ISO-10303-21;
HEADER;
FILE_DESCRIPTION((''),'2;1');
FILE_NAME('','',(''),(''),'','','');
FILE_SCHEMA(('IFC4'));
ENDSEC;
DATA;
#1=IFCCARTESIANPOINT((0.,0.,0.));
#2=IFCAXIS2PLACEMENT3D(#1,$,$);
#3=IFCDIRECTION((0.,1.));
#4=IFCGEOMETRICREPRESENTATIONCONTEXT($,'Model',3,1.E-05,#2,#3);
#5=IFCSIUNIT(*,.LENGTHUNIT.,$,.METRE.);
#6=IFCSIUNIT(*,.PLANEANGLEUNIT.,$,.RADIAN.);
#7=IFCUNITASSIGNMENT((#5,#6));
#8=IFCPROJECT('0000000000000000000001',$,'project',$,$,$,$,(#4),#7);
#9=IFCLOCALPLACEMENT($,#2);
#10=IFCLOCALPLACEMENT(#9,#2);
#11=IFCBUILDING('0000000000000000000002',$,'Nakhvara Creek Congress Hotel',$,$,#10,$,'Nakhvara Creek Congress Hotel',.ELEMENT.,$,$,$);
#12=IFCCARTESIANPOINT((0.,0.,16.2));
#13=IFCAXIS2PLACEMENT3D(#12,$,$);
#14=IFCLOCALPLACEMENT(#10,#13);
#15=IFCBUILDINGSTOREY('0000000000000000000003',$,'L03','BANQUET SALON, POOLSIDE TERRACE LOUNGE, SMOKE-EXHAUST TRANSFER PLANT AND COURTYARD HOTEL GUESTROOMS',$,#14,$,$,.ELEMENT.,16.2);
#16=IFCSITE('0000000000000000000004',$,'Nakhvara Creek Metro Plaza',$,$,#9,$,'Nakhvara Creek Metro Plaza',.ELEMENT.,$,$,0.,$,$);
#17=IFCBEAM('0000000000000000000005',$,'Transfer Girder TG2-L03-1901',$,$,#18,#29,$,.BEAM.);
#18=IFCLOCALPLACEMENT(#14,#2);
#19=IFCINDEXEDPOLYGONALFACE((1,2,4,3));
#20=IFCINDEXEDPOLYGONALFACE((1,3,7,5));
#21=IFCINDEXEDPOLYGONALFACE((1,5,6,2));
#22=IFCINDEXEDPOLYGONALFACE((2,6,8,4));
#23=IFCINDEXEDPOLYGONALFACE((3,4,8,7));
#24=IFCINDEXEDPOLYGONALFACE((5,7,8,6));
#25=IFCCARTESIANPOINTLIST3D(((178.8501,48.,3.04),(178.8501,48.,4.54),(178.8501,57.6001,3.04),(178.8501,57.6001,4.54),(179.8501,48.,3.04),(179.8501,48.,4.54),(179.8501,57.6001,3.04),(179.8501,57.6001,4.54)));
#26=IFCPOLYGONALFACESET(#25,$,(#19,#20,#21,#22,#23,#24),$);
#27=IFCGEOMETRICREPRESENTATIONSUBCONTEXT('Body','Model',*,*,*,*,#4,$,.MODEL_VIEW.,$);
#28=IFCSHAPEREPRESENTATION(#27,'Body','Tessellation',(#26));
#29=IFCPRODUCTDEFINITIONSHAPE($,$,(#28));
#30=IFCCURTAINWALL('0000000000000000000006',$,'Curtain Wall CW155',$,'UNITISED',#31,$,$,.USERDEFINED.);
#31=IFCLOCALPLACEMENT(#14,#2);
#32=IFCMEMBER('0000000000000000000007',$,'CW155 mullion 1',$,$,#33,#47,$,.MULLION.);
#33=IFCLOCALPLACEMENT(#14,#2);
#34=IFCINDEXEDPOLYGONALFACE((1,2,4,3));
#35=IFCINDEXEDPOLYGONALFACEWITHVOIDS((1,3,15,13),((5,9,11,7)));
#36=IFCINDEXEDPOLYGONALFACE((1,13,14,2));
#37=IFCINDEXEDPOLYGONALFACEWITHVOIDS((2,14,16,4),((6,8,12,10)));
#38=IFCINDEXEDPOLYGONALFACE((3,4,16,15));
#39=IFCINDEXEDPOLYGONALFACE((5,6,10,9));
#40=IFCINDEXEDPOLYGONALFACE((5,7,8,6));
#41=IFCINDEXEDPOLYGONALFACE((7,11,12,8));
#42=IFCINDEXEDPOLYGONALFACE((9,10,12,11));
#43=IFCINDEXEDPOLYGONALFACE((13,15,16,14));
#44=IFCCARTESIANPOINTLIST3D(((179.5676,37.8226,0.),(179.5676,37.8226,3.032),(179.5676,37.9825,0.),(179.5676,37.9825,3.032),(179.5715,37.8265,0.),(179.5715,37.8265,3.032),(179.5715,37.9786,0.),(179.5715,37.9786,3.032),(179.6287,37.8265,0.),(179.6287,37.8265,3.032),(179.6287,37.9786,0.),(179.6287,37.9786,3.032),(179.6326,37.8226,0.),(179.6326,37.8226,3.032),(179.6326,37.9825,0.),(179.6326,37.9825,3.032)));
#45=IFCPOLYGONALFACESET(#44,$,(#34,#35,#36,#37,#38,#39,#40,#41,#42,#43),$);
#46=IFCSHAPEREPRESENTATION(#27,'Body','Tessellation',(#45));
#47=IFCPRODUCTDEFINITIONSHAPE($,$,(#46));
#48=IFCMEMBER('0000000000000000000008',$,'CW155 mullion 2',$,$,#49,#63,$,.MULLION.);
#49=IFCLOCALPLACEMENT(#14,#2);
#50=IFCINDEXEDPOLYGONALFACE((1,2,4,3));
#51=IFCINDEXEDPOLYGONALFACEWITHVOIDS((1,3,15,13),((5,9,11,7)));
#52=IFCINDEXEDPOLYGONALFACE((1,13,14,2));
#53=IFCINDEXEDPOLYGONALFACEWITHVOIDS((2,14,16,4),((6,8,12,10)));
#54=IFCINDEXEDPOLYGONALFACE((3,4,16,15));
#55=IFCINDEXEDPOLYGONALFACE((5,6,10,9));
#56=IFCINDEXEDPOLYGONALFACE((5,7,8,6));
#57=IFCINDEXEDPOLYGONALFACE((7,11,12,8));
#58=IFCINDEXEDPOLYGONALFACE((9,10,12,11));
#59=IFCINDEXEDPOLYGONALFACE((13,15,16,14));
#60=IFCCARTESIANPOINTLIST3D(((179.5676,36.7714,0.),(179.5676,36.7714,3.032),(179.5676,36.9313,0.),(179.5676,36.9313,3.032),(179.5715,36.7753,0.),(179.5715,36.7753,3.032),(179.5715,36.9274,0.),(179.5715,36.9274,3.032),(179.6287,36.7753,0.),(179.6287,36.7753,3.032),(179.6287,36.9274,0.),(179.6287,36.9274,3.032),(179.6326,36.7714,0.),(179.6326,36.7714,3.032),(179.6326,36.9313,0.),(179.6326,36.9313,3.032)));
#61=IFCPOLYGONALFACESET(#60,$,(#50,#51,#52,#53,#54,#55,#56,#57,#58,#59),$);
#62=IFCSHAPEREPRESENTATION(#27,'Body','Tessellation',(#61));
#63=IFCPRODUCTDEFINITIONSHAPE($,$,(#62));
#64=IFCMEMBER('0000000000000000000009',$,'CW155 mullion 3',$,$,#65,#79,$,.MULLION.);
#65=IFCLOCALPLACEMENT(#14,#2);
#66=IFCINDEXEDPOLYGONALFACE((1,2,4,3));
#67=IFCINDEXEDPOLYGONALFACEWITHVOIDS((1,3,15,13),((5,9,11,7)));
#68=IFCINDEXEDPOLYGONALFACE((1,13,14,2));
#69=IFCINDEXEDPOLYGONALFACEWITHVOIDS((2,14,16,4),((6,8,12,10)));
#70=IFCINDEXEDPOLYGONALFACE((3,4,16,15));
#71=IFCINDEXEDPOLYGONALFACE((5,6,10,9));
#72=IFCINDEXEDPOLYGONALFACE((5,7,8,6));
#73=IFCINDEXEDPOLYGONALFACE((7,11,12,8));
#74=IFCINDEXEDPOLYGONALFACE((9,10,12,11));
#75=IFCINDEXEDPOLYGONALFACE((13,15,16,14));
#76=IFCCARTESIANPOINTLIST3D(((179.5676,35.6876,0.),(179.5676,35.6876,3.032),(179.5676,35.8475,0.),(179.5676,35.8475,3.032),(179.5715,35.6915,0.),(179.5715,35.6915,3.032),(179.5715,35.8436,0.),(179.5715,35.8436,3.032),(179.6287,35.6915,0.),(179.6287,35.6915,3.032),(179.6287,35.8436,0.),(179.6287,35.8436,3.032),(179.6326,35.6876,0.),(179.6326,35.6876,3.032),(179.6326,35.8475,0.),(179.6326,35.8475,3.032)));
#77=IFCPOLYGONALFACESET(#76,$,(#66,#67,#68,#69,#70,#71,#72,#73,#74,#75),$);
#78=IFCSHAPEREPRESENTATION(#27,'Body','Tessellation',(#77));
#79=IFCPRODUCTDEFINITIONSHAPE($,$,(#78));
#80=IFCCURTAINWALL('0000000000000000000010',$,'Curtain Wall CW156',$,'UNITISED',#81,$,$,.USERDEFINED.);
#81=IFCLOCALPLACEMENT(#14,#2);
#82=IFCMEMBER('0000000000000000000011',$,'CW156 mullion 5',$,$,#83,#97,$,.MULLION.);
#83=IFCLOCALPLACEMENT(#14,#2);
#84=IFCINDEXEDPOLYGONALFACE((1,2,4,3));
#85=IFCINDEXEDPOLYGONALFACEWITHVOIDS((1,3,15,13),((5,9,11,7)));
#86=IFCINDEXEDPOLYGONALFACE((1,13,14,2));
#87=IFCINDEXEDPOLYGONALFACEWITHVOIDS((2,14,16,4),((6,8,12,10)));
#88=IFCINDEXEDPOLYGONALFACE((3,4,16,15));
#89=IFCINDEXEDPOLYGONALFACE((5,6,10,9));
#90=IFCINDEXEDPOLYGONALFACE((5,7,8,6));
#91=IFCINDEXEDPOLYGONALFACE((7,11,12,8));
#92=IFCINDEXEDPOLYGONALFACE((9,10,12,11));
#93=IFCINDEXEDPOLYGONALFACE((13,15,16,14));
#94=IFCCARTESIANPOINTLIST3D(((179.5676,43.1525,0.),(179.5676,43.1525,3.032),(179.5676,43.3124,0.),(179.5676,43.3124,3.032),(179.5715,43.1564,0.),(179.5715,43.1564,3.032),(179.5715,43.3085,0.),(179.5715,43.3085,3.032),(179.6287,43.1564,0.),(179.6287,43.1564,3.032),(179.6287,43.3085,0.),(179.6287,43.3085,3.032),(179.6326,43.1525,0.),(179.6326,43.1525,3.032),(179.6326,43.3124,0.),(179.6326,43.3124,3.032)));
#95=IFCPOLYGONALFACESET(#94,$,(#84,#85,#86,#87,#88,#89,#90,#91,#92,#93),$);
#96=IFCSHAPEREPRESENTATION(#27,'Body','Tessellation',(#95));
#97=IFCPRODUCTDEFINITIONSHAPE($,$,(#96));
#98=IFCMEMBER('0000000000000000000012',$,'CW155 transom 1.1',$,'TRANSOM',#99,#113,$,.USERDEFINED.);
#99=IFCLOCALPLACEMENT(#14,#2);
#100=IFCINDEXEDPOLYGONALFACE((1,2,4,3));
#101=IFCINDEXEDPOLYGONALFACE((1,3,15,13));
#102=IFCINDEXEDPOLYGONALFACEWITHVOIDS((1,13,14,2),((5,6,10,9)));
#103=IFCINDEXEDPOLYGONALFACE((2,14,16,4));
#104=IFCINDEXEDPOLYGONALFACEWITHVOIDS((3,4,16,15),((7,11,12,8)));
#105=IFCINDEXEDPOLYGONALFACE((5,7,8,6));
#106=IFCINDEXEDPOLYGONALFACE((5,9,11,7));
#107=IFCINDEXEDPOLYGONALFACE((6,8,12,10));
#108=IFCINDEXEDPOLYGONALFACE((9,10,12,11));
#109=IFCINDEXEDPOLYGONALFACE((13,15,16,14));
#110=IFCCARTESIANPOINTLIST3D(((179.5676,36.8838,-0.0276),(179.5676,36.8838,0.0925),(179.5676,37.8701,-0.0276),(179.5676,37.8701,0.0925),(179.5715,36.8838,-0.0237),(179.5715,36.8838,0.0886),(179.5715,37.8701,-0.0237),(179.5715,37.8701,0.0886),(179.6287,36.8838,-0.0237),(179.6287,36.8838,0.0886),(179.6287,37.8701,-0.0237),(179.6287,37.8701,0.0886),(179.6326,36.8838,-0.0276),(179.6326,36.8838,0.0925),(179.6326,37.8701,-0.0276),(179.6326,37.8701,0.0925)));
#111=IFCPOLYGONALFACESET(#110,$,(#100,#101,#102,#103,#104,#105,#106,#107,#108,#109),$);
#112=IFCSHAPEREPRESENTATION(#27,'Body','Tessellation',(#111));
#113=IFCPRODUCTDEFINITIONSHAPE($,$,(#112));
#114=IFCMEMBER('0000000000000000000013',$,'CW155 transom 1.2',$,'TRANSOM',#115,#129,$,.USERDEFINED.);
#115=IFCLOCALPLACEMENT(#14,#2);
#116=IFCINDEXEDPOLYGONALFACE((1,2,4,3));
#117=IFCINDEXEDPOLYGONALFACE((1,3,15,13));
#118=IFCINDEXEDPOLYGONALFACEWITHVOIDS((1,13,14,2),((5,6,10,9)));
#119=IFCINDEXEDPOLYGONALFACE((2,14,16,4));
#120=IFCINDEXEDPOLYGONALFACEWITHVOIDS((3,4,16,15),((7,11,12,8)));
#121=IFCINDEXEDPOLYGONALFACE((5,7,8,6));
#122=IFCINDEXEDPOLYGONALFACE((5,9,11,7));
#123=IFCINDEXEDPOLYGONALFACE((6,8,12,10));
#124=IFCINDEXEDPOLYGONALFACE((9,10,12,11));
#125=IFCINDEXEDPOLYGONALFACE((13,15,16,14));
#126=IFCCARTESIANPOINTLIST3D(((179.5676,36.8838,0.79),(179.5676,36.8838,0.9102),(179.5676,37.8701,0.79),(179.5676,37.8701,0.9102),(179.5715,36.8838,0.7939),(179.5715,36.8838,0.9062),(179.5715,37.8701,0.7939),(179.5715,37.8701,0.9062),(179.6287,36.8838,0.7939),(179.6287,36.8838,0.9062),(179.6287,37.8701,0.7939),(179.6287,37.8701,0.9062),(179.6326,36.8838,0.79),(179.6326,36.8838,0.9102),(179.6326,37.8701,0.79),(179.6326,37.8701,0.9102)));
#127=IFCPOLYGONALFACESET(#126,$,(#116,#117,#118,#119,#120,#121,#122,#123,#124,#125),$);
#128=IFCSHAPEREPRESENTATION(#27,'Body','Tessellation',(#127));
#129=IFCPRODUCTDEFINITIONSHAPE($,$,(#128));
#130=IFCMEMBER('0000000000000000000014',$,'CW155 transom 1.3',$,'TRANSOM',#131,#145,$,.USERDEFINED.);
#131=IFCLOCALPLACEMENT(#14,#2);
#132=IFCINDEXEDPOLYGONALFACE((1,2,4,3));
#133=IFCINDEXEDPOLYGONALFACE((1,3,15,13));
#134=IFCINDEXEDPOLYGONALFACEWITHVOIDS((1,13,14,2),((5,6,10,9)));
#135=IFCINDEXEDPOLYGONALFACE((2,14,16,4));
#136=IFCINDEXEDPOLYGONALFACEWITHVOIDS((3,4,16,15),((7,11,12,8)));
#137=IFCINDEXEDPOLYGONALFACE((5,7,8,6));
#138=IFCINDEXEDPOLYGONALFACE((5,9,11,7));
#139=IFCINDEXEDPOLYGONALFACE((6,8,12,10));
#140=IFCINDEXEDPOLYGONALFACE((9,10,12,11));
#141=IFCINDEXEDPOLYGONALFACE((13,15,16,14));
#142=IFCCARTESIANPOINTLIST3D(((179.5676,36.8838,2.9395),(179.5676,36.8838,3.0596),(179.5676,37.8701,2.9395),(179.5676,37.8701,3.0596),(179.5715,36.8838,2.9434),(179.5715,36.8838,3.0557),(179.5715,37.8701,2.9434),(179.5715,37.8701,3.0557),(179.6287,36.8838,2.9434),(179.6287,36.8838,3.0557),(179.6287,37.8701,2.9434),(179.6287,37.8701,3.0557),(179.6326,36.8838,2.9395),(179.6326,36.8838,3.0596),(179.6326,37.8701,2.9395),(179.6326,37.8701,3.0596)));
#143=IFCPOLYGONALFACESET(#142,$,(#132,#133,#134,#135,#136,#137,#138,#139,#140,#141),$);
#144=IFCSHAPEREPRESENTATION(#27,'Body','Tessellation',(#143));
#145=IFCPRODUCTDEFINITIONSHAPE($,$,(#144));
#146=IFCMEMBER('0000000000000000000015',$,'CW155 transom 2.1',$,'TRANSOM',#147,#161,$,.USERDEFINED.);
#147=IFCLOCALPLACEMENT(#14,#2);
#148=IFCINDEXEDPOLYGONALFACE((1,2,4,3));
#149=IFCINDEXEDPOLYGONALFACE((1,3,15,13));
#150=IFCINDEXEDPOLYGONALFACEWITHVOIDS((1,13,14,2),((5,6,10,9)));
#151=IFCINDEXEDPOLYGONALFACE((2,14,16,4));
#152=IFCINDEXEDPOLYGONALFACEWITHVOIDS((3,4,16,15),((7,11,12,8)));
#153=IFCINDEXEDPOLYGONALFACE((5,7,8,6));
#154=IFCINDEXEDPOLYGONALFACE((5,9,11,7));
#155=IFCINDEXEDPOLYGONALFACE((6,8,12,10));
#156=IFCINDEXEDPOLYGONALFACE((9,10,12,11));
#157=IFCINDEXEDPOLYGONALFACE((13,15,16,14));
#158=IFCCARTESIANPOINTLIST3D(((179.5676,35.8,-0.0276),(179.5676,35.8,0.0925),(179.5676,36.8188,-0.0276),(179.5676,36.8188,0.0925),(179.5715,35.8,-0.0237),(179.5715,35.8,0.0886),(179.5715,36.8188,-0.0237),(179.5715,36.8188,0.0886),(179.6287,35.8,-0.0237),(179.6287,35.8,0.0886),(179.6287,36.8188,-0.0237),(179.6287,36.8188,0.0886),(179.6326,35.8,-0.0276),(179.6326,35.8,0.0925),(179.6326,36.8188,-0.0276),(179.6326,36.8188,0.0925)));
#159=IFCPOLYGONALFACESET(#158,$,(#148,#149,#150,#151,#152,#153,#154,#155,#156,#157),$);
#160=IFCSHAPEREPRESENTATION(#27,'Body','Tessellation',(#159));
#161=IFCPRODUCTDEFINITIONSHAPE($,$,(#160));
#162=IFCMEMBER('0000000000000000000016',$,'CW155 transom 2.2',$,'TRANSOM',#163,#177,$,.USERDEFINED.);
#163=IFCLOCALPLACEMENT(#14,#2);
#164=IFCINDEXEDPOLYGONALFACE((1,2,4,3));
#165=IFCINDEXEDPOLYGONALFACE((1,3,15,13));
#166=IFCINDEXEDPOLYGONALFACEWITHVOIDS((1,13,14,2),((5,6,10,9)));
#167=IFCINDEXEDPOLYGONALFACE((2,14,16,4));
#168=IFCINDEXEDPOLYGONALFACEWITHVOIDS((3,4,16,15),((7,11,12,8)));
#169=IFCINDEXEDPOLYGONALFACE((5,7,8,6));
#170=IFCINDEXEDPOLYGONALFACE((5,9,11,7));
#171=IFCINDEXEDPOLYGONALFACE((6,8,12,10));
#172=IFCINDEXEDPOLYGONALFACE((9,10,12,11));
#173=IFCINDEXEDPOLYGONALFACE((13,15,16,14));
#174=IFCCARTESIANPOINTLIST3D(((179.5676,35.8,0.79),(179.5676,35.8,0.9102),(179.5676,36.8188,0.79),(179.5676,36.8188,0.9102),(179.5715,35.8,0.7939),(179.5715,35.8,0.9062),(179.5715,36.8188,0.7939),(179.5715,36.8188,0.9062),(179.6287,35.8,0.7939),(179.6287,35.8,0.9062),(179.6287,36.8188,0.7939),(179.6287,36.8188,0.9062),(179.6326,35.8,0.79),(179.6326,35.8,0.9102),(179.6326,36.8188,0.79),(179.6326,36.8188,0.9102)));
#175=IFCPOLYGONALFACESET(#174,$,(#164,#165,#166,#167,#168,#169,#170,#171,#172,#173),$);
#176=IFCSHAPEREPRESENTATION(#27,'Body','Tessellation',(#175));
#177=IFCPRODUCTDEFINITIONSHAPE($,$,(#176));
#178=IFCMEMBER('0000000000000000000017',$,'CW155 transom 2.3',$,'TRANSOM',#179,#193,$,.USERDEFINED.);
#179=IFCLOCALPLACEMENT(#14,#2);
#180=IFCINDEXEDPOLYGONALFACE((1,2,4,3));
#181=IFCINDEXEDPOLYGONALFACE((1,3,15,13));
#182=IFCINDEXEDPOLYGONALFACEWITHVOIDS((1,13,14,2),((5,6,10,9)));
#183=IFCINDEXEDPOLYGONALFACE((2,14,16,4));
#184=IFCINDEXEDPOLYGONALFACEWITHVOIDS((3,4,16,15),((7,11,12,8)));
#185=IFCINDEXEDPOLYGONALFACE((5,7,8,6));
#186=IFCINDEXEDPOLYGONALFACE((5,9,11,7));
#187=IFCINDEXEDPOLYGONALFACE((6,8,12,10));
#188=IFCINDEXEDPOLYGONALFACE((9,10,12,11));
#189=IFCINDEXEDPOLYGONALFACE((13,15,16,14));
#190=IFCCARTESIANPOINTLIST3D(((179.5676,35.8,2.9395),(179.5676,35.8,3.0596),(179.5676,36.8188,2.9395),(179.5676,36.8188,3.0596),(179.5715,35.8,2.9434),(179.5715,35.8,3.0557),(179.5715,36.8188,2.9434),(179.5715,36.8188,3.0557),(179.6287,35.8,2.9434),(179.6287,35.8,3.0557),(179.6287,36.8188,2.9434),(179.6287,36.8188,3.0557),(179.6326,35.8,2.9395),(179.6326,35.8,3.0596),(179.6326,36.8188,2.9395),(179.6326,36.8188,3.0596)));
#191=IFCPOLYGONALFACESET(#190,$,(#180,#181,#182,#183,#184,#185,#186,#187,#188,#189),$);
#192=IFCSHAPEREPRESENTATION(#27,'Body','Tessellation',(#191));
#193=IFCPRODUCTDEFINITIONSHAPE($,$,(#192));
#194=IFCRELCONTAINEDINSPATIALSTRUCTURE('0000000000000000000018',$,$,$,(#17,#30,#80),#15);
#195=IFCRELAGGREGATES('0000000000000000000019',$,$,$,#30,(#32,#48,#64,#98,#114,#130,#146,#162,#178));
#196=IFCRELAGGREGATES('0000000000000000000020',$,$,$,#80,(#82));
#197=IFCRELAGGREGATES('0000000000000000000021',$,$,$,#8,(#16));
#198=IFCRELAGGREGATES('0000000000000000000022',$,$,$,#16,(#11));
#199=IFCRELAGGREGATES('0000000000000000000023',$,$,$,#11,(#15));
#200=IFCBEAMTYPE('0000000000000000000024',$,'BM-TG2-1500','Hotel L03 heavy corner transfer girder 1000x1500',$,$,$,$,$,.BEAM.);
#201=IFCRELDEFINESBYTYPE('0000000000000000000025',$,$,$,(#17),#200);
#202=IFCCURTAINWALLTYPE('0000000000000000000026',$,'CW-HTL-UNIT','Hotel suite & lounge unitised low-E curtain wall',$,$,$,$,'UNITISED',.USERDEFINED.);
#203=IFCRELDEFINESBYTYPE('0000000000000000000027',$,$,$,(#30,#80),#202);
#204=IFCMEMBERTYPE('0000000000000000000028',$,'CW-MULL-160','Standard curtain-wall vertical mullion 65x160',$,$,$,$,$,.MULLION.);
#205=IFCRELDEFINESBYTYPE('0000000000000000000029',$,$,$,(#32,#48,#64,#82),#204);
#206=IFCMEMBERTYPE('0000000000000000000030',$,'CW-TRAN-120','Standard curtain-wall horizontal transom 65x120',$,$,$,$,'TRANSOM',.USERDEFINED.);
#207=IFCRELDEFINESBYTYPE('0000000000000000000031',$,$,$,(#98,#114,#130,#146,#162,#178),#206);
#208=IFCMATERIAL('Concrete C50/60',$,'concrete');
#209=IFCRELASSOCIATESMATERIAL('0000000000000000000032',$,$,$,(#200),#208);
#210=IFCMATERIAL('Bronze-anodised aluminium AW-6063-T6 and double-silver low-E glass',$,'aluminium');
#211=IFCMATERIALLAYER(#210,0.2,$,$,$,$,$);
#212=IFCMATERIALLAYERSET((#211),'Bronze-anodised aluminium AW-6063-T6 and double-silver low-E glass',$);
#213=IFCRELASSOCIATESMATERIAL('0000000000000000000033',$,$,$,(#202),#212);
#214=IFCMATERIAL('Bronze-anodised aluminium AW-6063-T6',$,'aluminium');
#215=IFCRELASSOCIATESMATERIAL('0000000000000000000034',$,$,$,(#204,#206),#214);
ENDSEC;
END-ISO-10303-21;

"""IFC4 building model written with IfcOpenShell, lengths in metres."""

from ifc_helpers import new_model, si_unit, direction, frame, origin, origin_2d, place, context, subcontext, project, spatial, rectangle, hollow_rectangle, extrude, material, layer, layer_set, material_profile, profile_set, type_object, element, aggregate, save


model = new_model("IFC4")

# Units and contexts
model_context = context("Model", 3, precision=1e-05, world=origin(), true_north=direction((0.0, 1.0)))
body_context = subcontext(model_context, "Body", "Model", "MODEL_VIEW")
ifc_project = project(units=[si_unit("LENGTHUNIT", "METRE"), si_unit("PLANEANGLEUNIT", "RADIAN")], contexts=[model_context])

# Site, building, storey
site_placement = place(None, origin())
site = spatial("IfcSite", under=ifc_project, at=site_placement, Name="Nakhvara Creek Metro Plaza", LongName="Nakhvara Creek Metro Plaza", CompositionType="ELEMENT", RefElevation=0.0)
building_placement = place(site_placement, origin())
building = spatial("IfcBuilding", under=site, at=building_placement, Name="Nakhvara Creek Congress Hotel", LongName="Nakhvara Creek Congress Hotel", CompositionType="ELEMENT")
storey_placement = place(building_placement, frame((0.0, 0.0, 16.2)))
storey = spatial("IfcBuildingStorey", under=building, at=storey_placement, Name="L03", Description="BANQUET SALON, POOLSIDE TERRACE LOUNGE, SMOKE-EXHAUST TRANSFER PLANT AND COURTYARD HOTEL GUESTROOMS", CompositionType="ELEMENT", Elevation=16.2)

# Beam
ifc_material_1 = material(Name="Concrete C50/60", Category="concrete")
ifc_material_profile_1 = material_profile(ifc_material_1, rectangle(XDim=1.0, YDim=1.5, at=origin_2d()), Name="RC-TG 1000x1500", Category="LoadBearing")
ifc_profile_set_1 = profile_set([ifc_material_profile_1], Name="Concrete C50/60")
beam_type = type_object("IfcBeamType", Name="BM-TG2-1500", Description="Hotel L03 heavy corner transfer girder 1000x1500", PredefinedType="BEAM", material=ifc_profile_set_1)
beam_placement = place(storey_placement, frame((179.3501, 48.0, 3.79), z_axis=(0.0, 1.0, 0.0), x_axis=(-1.0, 0.0, 0.0)))
element("IfcBeam", 1, at=beam_placement, inside=storey, type_object=beam_type, Name="Transfer Girder TG2-L03-1901", PredefinedType="BEAM", context=body_context, shape_type="SweptSolid", body=[
    extrude(rectangle(XDim=1.0, YDim=1.5, at=origin_2d()), origin(), (0.0, 0.0, 1.0), 9.6001),
])

# Curtain wall, members
ifc_material_2 = material(Name="Bronze-anodised aluminium AW-6063-T6 and double-silver low-E glass", Category="aluminium")
ifc_layer_1 = layer(ifc_material_2, 0.2)
ifc_layer_set_1 = layer_set([ifc_layer_1], Name="Bronze-anodised aluminium AW-6063-T6 and double-silver low-E glass")
curtain_wall_type = type_object("IfcCurtainWallType", Name="CW-HTL-UNIT", Description="Hotel suite & lounge unitised low-E curtain wall", ElementType="UNITISED", PredefinedType="USERDEFINED", material=ifc_layer_set_1)
curtain_wall_1_placement = place(storey_placement, origin())
curtain_wall_1 = element("IfcCurtainWall", 2, at=curtain_wall_1_placement, inside=storey, type_object=curtain_wall_type, Name="Curtain Wall CW155", ObjectType="UNITISED", PredefinedType="USERDEFINED")
ifc_material_3 = material(Name="Bronze-anodised aluminium AW-6063-T6", Category="aluminium")
ifc_material_profile_2 = material_profile(ifc_material_3, hollow_rectangle(XDim=0.0649, YDim=0.1599, WallThickness=0.0039, at=origin_2d()), Name="ALU-MULL 65x160x4", Category="LoadBearing")
ifc_profile_set_2 = profile_set([ifc_material_profile_2], Name="Bronze-anodised aluminium AW-6063-T6")
member_type_1 = type_object("IfcMemberType", Name="CW-MULL-160", Description="Standard curtain-wall vertical mullion 65x160", PredefinedType="MULLION", material=ifc_profile_set_2)
member_1_placement = place(storey_placement, frame((179.6001, 37.9026, 0.0), z_axis=(0.0, 0.0, 1.0), x_axis=(1.0, 0.0, 0.0)))
member_1 = element("IfcMember", 3, at=member_1_placement, type_object=member_type_1, Name="CW155 mullion 1", PredefinedType="MULLION", context=body_context, shape_type="SweptSolid", body=[
    extrude(hollow_rectangle(XDim=0.0649, YDim=0.1599, WallThickness=0.0039, at=origin_2d()), origin(), (0.0, 0.0, 1.0), 3.032),
])
member_2_placement = place(storey_placement, frame((179.6001, 36.8513, 0.0), z_axis=(0.0, 0.0, 1.0), x_axis=(1.0, 0.0, 0.0)))
member_2 = element("IfcMember", 4, at=member_2_placement, type_object=member_type_1, Name="CW155 mullion 2", PredefinedType="MULLION", context=body_context, shape_type="SweptSolid", body=[
    extrude(hollow_rectangle(XDim=0.0649, YDim=0.1599, WallThickness=0.0039, at=origin_2d()), origin(), (0.0, 0.0, 1.0), 3.032),
])
member_3_placement = place(storey_placement, frame((179.6001, 35.7676, 0.0), z_axis=(0.0, 0.0, 1.0), x_axis=(1.0, 0.0, 0.0)))
member_3 = element("IfcMember", 5, at=member_3_placement, type_object=member_type_1, Name="CW155 mullion 3", PredefinedType="MULLION", context=body_context, shape_type="SweptSolid", body=[
    extrude(hollow_rectangle(XDim=0.0649, YDim=0.1599, WallThickness=0.0039, at=origin_2d()), origin(), (0.0, 0.0, 1.0), 3.032),
])

# Curtain wall, member
curtain_wall_2_placement = place(storey_placement, origin())
curtain_wall_2 = element("IfcCurtainWall", 6, at=curtain_wall_2_placement, inside=storey, type_object=curtain_wall_type, Name="Curtain Wall CW156", ObjectType="UNITISED", PredefinedType="USERDEFINED")
member_4_placement = place(storey_placement, frame((179.6001, 43.2324, 0.0), z_axis=(0.0, 0.0, 1.0), x_axis=(1.0, 0.0, 0.0)))
member_4 = element("IfcMember", 7, at=member_4_placement, type_object=member_type_1, Name="CW156 mullion 5", PredefinedType="MULLION", context=body_context, shape_type="SweptSolid", body=[
    extrude(hollow_rectangle(XDim=0.0649, YDim=0.1599, WallThickness=0.0039, at=origin_2d()), origin(), (0.0, 0.0, 1.0), 3.032),
])

# Members
ifc_material_profile_3 = material_profile(ifc_material_3, hollow_rectangle(XDim=0.0649, YDim=0.1201, WallThickness=0.0039, at=origin_2d()), Name="ALU-TRAN 65x120x4", Category="LoadBearing")
ifc_profile_set_3 = profile_set([ifc_material_profile_3], Name="Bronze-anodised aluminium AW-6063-T6")
member_type_2 = type_object("IfcMemberType", Name="CW-TRAN-120", Description="Standard curtain-wall horizontal transom 65x120", ElementType="TRANSOM", PredefinedType="USERDEFINED", material=ifc_profile_set_3)
member_5_placement = place(storey_placement, frame((179.6001, 37.8701, 0.0325), z_axis=(0.0, -1.0, 0.0), x_axis=(1.0, 0.0, 0.0)))
member_5 = element("IfcMember", 8, at=member_5_placement, type_object=member_type_2, Name="CW155 transom 1.1", ObjectType="TRANSOM", PredefinedType="USERDEFINED", context=body_context, shape_type="SweptSolid", body=[
    extrude(hollow_rectangle(XDim=0.0649, YDim=0.1201, WallThickness=0.0039, at=origin_2d()), origin(), (0.0, 0.0, 1.0), 0.9863),
])
member_6_placement = place(storey_placement, frame((179.6001, 37.8701, 0.8501), z_axis=(0.0, -1.0, 0.0), x_axis=(1.0, 0.0, 0.0)))
member_6 = element("IfcMember", 9, at=member_6_placement, type_object=member_type_2, Name="CW155 transom 1.2", ObjectType="TRANSOM", PredefinedType="USERDEFINED", context=body_context, shape_type="SweptSolid", body=[
    extrude(hollow_rectangle(XDim=0.0649, YDim=0.1201, WallThickness=0.0039, at=origin_2d()), origin(), (0.0, 0.0, 1.0), 0.9863),
])
member_7_placement = place(storey_placement, frame((179.6001, 37.8701, 2.9995), z_axis=(0.0, -1.0, 0.0), x_axis=(1.0, 0.0, 0.0)))
member_7 = element("IfcMember", 10, at=member_7_placement, type_object=member_type_2, Name="CW155 transom 1.3", ObjectType="TRANSOM", PredefinedType="USERDEFINED", context=body_context, shape_type="SweptSolid", body=[
    extrude(hollow_rectangle(XDim=0.0649, YDim=0.1201, WallThickness=0.0039, at=origin_2d()), origin(), (0.0, 0.0, 1.0), 0.9863),
])
member_8_placement = place(storey_placement, frame((179.6001, 36.8188, 0.0325), z_axis=(0.0, -1.0, 0.0), x_axis=(1.0, 0.0, 0.0)))
member_8 = element("IfcMember", 11, at=member_8_placement, type_object=member_type_2, Name="CW155 transom 2.1", ObjectType="TRANSOM", PredefinedType="USERDEFINED", context=body_context, shape_type="SweptSolid", body=[
    extrude(hollow_rectangle(XDim=0.0649, YDim=0.1201, WallThickness=0.0039, at=origin_2d()), origin(), (0.0, 0.0, 1.0), 1.0188),
])
member_9_placement = place(storey_placement, frame((179.6001, 36.8188, 0.8501), z_axis=(0.0, -1.0, 0.0), x_axis=(1.0, 0.0, 0.0)))
member_9 = element("IfcMember", 12, at=member_9_placement, type_object=member_type_2, Name="CW155 transom 2.2", ObjectType="TRANSOM", PredefinedType="USERDEFINED", context=body_context, shape_type="SweptSolid", body=[
    extrude(hollow_rectangle(XDim=0.0649, YDim=0.1201, WallThickness=0.0039, at=origin_2d()), origin(), (0.0, 0.0, 1.0), 1.0188),
])
member_10_placement = place(storey_placement, frame((179.6001, 36.8188, 2.9995), z_axis=(0.0, -1.0, 0.0), x_axis=(1.0, 0.0, 0.0)))
member_10 = element("IfcMember", 13, at=member_10_placement, type_object=member_type_2, Name="CW155 transom 2.3", ObjectType="TRANSOM", PredefinedType="USERDEFINED", context=body_context, shape_type="SweptSolid", body=[
    extrude(hollow_rectangle(XDim=0.0649, YDim=0.1201, WallThickness=0.0039, at=origin_2d()), origin(), (0.0, 0.0, 1.0), 1.0188),
])

aggregate(curtain_wall_1, [member_1, member_2, member_3, member_5, member_6, member_7, member_8, member_9, member_10])
aggregate(curtain_wall_2, [member_4])

save(model, "model.ifc")
